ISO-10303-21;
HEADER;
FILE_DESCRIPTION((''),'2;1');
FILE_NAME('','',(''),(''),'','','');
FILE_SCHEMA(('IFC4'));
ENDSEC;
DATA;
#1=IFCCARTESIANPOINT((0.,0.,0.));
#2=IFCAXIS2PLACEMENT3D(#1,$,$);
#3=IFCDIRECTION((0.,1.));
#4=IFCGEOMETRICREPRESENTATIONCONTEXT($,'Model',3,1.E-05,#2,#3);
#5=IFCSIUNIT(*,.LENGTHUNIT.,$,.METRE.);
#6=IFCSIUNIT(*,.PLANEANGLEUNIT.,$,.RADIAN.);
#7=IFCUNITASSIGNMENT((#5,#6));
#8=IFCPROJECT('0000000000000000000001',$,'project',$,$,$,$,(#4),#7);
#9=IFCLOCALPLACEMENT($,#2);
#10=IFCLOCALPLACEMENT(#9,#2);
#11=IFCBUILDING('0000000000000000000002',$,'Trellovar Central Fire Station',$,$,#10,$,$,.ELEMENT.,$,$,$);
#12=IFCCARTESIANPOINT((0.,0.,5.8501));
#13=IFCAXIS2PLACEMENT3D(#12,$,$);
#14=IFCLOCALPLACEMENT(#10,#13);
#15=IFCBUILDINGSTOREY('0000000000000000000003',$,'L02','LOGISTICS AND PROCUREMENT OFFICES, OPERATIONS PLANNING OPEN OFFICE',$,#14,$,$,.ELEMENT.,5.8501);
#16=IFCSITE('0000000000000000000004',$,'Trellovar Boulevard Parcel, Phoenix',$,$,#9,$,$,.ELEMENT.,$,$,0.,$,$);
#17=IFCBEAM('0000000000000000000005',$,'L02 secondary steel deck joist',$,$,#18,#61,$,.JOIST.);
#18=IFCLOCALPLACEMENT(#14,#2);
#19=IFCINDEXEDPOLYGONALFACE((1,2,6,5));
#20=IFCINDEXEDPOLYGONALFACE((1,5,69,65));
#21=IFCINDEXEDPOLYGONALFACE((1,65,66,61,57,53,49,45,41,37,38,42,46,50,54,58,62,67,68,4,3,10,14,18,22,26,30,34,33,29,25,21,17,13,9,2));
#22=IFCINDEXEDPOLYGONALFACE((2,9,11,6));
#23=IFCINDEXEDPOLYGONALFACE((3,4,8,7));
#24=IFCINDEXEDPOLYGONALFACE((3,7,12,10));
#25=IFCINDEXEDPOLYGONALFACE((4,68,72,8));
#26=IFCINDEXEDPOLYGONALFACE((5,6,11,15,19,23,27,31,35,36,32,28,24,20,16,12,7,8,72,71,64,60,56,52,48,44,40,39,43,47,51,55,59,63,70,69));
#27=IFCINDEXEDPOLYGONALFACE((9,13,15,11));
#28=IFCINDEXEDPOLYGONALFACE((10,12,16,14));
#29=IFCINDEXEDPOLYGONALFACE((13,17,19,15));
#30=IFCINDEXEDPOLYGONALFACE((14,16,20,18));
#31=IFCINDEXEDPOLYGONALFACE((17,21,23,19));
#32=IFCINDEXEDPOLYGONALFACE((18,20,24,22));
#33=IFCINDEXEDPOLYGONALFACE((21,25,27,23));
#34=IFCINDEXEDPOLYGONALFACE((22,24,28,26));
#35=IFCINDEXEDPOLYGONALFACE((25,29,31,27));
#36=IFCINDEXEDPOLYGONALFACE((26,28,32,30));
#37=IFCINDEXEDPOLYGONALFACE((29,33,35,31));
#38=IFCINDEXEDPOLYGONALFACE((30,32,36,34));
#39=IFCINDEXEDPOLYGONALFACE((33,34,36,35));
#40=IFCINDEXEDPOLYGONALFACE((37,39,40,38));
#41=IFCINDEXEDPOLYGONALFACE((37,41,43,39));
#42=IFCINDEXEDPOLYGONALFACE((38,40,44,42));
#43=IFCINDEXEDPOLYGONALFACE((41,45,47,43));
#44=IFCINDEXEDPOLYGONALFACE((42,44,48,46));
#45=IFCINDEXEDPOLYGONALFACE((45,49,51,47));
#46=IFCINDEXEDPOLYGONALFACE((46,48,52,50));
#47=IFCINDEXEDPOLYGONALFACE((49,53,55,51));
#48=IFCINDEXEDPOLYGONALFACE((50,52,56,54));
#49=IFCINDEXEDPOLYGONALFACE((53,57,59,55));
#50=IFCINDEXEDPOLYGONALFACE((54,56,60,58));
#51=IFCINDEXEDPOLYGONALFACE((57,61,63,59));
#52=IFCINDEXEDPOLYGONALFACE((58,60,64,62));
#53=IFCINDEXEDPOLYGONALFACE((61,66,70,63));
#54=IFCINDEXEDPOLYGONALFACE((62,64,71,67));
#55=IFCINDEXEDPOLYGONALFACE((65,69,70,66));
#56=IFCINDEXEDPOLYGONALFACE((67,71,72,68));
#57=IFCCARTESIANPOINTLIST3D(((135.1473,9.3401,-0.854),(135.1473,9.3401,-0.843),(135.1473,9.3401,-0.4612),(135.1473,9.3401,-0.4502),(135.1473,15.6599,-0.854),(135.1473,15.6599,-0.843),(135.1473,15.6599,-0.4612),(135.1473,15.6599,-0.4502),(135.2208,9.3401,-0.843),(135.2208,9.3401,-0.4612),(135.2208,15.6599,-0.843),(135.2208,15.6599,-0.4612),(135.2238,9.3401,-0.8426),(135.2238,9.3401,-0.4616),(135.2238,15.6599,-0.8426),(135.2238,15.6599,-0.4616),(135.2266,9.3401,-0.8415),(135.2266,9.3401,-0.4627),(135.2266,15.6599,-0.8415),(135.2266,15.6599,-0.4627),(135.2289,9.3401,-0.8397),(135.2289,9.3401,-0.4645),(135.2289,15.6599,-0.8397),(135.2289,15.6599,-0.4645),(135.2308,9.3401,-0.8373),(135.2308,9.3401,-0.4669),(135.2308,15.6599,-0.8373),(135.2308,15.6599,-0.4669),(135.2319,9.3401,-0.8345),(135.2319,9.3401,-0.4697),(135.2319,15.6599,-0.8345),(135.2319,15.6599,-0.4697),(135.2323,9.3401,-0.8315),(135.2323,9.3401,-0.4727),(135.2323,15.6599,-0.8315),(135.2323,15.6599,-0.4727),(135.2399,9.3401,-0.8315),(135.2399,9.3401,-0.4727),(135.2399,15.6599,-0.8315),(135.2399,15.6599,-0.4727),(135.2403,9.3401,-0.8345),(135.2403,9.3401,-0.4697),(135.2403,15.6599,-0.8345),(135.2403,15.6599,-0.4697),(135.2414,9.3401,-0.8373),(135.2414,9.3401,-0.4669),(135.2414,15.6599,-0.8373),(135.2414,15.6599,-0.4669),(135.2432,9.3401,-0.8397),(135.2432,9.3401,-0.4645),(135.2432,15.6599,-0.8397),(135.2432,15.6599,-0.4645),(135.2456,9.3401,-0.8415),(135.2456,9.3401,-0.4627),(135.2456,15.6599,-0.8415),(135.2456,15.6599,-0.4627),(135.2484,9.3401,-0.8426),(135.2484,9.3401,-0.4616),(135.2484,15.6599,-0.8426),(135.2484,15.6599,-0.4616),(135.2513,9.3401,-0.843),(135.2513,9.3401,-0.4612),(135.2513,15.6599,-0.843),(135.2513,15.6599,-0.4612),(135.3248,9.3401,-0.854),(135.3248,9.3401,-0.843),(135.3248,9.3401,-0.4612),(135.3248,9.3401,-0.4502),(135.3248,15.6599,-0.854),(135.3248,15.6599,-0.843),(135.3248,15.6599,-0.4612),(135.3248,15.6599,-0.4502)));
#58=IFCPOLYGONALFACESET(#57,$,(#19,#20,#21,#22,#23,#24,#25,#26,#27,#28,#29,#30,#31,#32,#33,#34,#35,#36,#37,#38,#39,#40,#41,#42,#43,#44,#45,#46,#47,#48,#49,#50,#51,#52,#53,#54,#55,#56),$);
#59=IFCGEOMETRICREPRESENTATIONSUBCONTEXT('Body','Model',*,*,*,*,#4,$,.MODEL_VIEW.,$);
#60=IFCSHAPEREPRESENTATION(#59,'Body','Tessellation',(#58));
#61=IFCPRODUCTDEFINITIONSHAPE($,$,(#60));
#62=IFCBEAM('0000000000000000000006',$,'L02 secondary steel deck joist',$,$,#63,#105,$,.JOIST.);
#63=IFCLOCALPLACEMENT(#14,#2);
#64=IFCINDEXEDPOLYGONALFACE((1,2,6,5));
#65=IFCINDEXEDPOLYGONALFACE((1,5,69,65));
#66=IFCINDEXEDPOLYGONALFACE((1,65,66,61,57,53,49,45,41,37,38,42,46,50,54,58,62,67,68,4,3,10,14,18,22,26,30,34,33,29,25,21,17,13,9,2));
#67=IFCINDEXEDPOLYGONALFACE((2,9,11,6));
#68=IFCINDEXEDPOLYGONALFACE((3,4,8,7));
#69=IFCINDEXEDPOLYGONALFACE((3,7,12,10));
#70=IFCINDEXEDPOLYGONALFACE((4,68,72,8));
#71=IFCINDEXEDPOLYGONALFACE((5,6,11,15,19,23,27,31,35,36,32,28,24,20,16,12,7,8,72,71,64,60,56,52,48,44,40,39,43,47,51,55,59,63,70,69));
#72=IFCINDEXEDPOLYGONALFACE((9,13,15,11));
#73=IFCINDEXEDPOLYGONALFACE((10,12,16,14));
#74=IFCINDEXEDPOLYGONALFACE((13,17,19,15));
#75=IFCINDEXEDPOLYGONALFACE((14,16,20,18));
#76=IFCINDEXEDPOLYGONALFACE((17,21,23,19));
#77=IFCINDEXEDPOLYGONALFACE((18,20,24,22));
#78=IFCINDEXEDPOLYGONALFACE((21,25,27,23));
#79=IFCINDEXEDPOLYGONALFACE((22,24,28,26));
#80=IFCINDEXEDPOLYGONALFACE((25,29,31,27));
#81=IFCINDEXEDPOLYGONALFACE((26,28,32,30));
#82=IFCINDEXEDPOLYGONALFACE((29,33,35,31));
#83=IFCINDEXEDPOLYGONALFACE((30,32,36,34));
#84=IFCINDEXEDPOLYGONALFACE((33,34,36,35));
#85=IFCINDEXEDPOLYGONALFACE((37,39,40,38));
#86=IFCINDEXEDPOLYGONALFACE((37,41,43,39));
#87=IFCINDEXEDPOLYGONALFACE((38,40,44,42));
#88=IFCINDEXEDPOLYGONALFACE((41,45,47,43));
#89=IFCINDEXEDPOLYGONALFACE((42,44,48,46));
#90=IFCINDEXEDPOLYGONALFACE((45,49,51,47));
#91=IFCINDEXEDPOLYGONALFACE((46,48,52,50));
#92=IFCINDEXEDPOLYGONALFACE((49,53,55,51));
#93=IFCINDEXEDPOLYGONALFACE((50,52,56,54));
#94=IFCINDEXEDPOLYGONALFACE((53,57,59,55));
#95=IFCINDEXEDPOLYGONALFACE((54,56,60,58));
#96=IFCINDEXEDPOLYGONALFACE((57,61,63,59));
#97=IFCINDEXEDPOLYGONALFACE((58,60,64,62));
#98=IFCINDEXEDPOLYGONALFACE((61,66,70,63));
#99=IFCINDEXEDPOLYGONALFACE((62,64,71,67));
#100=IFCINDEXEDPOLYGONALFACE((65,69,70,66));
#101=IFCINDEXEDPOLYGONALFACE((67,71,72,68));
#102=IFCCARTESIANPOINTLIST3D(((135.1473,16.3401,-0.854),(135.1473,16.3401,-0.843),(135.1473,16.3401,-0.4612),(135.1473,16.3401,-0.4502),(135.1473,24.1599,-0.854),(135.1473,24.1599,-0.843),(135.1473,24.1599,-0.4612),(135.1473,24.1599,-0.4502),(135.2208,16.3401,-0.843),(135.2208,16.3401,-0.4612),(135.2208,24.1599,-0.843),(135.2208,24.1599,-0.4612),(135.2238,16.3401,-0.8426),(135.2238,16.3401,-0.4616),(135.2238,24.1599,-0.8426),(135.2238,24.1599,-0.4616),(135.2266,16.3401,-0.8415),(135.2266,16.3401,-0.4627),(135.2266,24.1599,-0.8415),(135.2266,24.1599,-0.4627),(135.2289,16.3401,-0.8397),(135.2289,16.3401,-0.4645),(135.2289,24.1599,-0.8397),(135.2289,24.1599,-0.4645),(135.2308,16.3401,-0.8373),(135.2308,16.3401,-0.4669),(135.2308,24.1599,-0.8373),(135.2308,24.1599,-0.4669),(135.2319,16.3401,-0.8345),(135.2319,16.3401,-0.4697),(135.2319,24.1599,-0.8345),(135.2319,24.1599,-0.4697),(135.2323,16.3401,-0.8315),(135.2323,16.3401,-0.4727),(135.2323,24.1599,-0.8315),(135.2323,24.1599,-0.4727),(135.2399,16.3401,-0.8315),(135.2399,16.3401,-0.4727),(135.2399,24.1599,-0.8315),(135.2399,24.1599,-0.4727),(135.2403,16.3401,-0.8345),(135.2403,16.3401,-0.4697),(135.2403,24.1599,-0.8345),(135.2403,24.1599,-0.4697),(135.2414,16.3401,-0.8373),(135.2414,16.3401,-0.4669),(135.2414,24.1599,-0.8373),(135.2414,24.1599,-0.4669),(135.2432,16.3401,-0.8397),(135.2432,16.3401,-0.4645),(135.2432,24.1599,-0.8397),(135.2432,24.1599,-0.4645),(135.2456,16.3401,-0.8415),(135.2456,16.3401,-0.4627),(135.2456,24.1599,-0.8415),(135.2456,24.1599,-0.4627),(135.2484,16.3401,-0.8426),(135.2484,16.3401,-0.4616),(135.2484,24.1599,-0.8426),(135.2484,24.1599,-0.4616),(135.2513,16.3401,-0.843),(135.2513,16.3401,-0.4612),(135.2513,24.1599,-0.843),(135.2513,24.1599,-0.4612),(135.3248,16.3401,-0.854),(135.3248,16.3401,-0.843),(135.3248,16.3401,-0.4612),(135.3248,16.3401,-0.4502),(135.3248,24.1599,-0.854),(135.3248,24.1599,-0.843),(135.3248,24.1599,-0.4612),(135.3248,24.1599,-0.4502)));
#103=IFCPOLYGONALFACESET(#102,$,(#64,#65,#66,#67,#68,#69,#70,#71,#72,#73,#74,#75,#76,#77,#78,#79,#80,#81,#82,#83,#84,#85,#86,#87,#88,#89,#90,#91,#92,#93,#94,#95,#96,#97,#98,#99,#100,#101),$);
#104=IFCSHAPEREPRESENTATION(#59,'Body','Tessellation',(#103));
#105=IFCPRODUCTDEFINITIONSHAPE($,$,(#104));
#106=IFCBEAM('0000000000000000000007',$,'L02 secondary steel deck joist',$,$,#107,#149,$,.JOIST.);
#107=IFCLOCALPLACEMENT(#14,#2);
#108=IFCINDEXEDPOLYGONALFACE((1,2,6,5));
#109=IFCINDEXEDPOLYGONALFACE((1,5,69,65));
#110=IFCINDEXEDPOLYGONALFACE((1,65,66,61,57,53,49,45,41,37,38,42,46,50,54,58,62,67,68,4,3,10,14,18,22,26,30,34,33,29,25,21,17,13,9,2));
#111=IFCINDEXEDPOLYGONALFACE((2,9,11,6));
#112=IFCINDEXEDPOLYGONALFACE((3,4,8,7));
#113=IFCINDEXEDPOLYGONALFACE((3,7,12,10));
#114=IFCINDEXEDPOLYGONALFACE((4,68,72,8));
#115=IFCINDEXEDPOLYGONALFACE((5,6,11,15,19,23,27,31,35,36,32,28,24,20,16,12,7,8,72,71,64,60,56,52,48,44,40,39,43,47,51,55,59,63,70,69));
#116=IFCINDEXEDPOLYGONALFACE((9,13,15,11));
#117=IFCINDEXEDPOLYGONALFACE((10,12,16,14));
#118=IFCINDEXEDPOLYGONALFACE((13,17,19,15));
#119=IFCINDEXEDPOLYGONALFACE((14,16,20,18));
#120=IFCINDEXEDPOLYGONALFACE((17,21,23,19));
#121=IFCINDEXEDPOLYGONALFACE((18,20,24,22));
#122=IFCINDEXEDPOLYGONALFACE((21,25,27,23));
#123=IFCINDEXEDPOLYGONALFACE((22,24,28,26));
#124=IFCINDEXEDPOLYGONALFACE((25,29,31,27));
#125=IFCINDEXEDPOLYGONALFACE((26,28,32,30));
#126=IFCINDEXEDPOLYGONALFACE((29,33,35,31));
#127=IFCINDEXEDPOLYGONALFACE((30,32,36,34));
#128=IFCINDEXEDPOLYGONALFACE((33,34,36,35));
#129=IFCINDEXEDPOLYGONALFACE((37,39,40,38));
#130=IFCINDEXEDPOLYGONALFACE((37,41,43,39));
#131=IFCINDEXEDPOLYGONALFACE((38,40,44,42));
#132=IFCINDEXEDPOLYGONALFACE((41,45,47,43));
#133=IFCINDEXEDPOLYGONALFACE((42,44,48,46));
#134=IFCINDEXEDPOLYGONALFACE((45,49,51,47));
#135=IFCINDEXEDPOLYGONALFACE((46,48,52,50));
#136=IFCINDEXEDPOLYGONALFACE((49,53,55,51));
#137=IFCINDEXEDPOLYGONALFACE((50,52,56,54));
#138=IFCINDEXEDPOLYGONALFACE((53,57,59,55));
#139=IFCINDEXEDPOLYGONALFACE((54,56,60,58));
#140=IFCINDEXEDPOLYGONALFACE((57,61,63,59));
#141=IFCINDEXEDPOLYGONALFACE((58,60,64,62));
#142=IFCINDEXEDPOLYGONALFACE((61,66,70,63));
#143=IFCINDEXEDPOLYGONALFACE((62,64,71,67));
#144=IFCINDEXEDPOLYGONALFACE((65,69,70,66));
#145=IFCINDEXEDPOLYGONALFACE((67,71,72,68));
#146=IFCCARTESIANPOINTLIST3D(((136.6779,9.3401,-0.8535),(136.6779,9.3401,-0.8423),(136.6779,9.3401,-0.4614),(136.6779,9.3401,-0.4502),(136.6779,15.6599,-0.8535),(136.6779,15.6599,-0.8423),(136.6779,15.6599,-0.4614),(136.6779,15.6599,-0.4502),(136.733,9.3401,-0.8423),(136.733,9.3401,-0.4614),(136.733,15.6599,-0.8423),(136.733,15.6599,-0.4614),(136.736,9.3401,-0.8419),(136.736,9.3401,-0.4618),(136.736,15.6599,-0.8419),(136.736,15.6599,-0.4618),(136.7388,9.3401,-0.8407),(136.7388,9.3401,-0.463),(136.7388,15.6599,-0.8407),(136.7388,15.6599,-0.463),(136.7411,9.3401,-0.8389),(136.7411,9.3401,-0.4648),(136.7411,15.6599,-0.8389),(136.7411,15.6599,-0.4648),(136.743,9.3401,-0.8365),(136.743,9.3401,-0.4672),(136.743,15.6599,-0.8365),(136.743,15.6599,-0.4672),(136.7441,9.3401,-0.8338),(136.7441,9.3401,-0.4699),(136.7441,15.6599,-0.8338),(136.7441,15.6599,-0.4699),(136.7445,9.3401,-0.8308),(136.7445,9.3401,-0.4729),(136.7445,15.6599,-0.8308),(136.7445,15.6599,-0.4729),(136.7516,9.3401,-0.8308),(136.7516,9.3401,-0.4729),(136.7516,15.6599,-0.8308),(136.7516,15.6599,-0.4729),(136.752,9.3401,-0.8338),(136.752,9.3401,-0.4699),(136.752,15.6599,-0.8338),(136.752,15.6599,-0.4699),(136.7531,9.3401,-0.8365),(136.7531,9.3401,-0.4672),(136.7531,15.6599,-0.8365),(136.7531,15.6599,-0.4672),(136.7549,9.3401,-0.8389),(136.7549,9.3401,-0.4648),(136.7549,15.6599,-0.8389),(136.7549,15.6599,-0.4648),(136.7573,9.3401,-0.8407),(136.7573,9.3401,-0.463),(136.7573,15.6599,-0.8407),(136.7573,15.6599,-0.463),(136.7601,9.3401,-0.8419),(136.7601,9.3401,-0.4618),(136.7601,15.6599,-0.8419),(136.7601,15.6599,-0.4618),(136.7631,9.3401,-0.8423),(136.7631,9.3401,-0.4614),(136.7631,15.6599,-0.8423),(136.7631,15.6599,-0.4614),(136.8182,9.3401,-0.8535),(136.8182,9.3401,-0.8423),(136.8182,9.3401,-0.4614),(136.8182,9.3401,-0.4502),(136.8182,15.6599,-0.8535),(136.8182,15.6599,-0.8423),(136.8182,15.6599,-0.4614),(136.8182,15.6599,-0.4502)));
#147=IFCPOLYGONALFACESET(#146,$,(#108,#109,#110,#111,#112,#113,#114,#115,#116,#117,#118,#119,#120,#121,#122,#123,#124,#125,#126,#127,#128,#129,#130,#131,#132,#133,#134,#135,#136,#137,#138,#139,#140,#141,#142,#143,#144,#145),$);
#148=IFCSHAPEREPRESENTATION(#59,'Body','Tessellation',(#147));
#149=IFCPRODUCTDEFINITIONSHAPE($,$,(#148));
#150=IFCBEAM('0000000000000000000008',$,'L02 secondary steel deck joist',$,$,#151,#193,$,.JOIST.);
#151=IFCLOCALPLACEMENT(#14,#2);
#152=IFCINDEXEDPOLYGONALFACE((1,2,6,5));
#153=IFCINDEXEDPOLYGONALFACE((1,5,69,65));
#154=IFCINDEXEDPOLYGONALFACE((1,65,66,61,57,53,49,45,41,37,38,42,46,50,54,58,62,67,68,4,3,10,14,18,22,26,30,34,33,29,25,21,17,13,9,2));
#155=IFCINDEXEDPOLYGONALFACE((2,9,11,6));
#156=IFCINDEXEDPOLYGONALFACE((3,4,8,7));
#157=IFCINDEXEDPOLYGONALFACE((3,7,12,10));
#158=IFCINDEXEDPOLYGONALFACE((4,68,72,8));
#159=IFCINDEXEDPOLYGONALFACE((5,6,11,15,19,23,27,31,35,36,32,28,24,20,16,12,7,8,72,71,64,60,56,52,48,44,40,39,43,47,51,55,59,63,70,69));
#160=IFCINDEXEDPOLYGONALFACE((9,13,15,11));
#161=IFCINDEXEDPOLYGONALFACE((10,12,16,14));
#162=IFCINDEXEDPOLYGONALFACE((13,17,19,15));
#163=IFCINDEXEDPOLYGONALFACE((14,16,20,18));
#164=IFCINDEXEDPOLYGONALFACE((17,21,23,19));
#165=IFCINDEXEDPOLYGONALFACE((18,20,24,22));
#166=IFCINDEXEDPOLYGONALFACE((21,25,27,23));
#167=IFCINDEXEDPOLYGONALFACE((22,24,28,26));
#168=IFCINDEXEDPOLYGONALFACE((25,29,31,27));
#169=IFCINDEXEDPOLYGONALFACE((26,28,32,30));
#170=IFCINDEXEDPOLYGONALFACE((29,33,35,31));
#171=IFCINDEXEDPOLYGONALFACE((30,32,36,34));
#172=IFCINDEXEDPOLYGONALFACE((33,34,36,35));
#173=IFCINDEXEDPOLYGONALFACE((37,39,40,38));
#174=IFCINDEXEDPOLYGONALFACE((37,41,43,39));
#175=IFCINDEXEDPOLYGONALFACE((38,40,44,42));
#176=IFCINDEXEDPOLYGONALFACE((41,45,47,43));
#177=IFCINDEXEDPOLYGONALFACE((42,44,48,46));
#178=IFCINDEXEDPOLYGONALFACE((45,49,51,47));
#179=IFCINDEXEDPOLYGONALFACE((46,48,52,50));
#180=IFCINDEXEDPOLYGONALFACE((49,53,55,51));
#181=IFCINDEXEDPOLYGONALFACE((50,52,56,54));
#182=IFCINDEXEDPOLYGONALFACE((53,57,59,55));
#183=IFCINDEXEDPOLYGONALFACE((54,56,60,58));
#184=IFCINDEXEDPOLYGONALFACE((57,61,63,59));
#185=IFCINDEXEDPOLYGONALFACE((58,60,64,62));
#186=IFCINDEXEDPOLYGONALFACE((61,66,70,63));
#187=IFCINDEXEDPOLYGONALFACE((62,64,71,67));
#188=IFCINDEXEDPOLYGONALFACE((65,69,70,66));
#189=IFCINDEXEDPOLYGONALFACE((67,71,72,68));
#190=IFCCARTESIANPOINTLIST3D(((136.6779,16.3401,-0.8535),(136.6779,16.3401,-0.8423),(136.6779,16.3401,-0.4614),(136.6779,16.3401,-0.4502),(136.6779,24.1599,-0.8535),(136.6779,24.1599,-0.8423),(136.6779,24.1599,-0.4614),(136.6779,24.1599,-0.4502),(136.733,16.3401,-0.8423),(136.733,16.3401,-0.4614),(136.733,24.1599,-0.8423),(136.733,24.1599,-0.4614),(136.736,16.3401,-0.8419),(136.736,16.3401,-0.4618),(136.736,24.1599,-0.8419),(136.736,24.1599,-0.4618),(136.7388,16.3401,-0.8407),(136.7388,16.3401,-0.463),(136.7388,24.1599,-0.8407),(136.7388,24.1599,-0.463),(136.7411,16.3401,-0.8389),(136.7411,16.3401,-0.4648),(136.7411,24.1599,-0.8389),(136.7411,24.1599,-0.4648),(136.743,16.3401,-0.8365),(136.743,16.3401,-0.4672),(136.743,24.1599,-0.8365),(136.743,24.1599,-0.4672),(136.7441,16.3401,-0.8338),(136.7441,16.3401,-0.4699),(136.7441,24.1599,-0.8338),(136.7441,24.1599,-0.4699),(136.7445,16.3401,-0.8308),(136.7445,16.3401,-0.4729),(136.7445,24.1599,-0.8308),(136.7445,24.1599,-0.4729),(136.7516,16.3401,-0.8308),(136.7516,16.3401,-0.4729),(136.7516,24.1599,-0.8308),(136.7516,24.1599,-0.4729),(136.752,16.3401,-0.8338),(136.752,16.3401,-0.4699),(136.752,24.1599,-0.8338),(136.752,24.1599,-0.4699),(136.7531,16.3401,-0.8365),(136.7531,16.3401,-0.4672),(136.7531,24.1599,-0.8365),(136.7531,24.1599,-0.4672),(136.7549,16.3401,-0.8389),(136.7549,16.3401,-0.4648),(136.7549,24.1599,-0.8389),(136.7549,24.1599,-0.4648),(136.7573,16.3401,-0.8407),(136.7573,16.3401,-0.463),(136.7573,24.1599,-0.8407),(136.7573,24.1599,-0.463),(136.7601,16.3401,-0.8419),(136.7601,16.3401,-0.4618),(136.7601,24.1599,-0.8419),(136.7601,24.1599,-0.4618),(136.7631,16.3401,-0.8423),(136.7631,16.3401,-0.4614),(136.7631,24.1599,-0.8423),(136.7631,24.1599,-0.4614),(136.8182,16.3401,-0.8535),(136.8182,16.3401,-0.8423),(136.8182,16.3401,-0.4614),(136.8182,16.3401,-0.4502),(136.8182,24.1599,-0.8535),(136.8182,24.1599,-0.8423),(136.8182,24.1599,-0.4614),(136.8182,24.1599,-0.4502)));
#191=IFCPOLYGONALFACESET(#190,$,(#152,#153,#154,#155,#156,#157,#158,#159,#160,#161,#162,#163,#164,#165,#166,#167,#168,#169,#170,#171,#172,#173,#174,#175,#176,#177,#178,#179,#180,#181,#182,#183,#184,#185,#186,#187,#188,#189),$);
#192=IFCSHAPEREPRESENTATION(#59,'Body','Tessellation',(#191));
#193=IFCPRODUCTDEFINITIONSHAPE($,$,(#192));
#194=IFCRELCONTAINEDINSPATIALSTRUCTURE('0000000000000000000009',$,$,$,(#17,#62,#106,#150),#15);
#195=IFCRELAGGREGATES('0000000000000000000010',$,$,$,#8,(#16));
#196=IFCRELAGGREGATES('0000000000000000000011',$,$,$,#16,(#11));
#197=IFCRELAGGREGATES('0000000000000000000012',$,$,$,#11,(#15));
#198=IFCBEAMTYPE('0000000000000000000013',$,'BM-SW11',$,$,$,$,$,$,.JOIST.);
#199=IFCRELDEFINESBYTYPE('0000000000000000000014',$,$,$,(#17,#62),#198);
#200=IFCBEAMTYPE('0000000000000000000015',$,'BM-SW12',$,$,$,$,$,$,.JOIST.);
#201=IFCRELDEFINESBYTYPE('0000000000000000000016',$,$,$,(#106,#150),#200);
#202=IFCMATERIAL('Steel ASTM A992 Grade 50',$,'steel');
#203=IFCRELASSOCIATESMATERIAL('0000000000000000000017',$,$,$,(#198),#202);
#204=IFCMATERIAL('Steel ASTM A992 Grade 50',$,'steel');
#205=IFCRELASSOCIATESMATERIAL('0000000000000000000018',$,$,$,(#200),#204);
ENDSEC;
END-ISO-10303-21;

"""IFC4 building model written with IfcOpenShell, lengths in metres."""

from ifc_helpers import new_model, si_unit, direction, frame, origin, origin_2d, place, context, subcontext, project, spatial, i_section, extrude, material, material_profile, profile_set, type_object, element, save


model = new_model("IFC4")

# Units and contexts
model_context = context("Model", 3, precision=1e-05, world=origin(), true_north=direction((0.0, 1.0)))
body_context = subcontext(model_context, "Body", "Model", "MODEL_VIEW")
ifc_project = project(units=[si_unit("LENGTHUNIT", "METRE"), si_unit("PLANEANGLEUNIT", "RADIAN")], contexts=[model_context])

# Site, building, storey
site_placement = place(None, origin())
site = spatial("IfcSite", under=ifc_project, at=site_placement, Name="Trellovar Boulevard Parcel, Phoenix", CompositionType="ELEMENT", RefElevation=0.0)
building_placement = place(site_placement, origin())
building = spatial("IfcBuilding", under=site, at=building_placement, Name="Trellovar Central Fire Station", CompositionType="ELEMENT")
storey_placement = place(building_placement, frame((0.0, 0.0, 5.8501)))
storey = spatial("IfcBuildingStorey", under=building, at=storey_placement, Name="L02", Description="LOGISTICS AND PROCUREMENT OFFICES, OPERATIONS PLANNING OPEN OFFICE", CompositionType="ELEMENT", Elevation=5.8501)

# Beams
ifc_material_1 = material(Name="Steel ASTM A992 Grade 50", Category="steel")
ifc_material_profile_1 = material_profile(ifc_material_1, i_section(OverallWidth=0.1775, OverallDepth=0.4038, WebThickness=0.0076, FlangeThickness=0.011, FilletRadius=0.0115, at=origin_2d()), Name="W16X36")
ifc_profile_set_1 = profile_set([ifc_material_profile_1], Name="Steel ASTM A992 Grade 50")
beam_type_1 = type_object("IfcBeamType", Name="BM-SW11", PredefinedType="JOIST", material=ifc_profile_set_1)
beam_1_placement = place(storey_placement, frame((135.2361, 9.3401, -0.6521), z_axis=(0.0, 1.0, 0.0), x_axis=(-1.0, 0.0, 0.0)))
element("IfcBeam", 1, at=beam_1_placement, inside=storey, type_object=beam_type_1, Name="L02 secondary steel deck joist", PredefinedType="JOIST", context=body_context, shape_type="SweptSolid", body=[
    extrude(i_section(OverallWidth=0.1775, OverallDepth=0.4038, WebThickness=0.0076, FlangeThickness=0.011, FilletRadius=0.0115, at=origin_2d()), origin(), (0.0, 0.0, 1.0), 6.3198),
])
beam_2_placement = place(storey_placement, frame((135.2361, 16.3401, -0.6521), z_axis=(0.0, 1.0, 0.0), x_axis=(-1.0, 0.0, 0.0)))
element("IfcBeam", 2, at=beam_2_placement, inside=storey, type_object=beam_type_1, Name="L02 secondary steel deck joist", PredefinedType="JOIST", context=body_context, shape_type="SweptSolid", body=[
    extrude(i_section(OverallWidth=0.1775, OverallDepth=0.4038, WebThickness=0.0076, FlangeThickness=0.011, FilletRadius=0.0115, at=origin_2d()), origin(), (0.0, 0.0, 1.0), 7.8198),
])
ifc_material_2 = material(Name="Steel ASTM A992 Grade 50", Category="steel")
ifc_material_profile_2 = material_profile(ifc_material_2, i_section(OverallWidth=0.1404, OverallDepth=0.4033, WebThickness=0.0071, FlangeThickness=0.0112, FilletRadius=0.0115, at=origin_2d()), Name="W16X31")
ifc_profile_set_2 = profile_set([ifc_material_profile_2], Name="Steel ASTM A992 Grade 50")
beam_type_2 = type_object("IfcBeamType", Name="BM-SW12", PredefinedType="JOIST", material=ifc_profile_set_2)
beam_3_placement = place(storey_placement, frame((136.748, 9.3401, -0.6519), z_axis=(0.0, 1.0, 0.0), x_axis=(-1.0, 0.0, 0.0)))
element("IfcBeam", 3, at=beam_3_placement, inside=storey, type_object=beam_type_2, Name="L02 secondary steel deck joist", PredefinedType="JOIST", context=body_context, shape_type="SweptSolid", body=[
    extrude(i_section(OverallWidth=0.1404, OverallDepth=0.4033, WebThickness=0.0071, FlangeThickness=0.0112, FilletRadius=0.0115, at=origin_2d()), origin(), (0.0, 0.0, 1.0), 6.3198),
])
beam_4_placement = place(storey_placement, frame((136.748, 16.3401, -0.6519), z_axis=(0.0, 1.0, 0.0), x_axis=(-1.0, 0.0, 0.0)))
element("IfcBeam", 4, at=beam_4_placement, inside=storey, type_object=beam_type_2, Name="L02 secondary steel deck joist", PredefinedType="JOIST", context=body_context, shape_type="SweptSolid", body=[
    extrude(i_section(OverallWidth=0.1404, OverallDepth=0.4033, WebThickness=0.0071, FlangeThickness=0.0112, FilletRadius=0.0115, at=origin_2d()), origin(), (0.0, 0.0, 1.0), 7.8198),
])

save(model, "model.ifc")
